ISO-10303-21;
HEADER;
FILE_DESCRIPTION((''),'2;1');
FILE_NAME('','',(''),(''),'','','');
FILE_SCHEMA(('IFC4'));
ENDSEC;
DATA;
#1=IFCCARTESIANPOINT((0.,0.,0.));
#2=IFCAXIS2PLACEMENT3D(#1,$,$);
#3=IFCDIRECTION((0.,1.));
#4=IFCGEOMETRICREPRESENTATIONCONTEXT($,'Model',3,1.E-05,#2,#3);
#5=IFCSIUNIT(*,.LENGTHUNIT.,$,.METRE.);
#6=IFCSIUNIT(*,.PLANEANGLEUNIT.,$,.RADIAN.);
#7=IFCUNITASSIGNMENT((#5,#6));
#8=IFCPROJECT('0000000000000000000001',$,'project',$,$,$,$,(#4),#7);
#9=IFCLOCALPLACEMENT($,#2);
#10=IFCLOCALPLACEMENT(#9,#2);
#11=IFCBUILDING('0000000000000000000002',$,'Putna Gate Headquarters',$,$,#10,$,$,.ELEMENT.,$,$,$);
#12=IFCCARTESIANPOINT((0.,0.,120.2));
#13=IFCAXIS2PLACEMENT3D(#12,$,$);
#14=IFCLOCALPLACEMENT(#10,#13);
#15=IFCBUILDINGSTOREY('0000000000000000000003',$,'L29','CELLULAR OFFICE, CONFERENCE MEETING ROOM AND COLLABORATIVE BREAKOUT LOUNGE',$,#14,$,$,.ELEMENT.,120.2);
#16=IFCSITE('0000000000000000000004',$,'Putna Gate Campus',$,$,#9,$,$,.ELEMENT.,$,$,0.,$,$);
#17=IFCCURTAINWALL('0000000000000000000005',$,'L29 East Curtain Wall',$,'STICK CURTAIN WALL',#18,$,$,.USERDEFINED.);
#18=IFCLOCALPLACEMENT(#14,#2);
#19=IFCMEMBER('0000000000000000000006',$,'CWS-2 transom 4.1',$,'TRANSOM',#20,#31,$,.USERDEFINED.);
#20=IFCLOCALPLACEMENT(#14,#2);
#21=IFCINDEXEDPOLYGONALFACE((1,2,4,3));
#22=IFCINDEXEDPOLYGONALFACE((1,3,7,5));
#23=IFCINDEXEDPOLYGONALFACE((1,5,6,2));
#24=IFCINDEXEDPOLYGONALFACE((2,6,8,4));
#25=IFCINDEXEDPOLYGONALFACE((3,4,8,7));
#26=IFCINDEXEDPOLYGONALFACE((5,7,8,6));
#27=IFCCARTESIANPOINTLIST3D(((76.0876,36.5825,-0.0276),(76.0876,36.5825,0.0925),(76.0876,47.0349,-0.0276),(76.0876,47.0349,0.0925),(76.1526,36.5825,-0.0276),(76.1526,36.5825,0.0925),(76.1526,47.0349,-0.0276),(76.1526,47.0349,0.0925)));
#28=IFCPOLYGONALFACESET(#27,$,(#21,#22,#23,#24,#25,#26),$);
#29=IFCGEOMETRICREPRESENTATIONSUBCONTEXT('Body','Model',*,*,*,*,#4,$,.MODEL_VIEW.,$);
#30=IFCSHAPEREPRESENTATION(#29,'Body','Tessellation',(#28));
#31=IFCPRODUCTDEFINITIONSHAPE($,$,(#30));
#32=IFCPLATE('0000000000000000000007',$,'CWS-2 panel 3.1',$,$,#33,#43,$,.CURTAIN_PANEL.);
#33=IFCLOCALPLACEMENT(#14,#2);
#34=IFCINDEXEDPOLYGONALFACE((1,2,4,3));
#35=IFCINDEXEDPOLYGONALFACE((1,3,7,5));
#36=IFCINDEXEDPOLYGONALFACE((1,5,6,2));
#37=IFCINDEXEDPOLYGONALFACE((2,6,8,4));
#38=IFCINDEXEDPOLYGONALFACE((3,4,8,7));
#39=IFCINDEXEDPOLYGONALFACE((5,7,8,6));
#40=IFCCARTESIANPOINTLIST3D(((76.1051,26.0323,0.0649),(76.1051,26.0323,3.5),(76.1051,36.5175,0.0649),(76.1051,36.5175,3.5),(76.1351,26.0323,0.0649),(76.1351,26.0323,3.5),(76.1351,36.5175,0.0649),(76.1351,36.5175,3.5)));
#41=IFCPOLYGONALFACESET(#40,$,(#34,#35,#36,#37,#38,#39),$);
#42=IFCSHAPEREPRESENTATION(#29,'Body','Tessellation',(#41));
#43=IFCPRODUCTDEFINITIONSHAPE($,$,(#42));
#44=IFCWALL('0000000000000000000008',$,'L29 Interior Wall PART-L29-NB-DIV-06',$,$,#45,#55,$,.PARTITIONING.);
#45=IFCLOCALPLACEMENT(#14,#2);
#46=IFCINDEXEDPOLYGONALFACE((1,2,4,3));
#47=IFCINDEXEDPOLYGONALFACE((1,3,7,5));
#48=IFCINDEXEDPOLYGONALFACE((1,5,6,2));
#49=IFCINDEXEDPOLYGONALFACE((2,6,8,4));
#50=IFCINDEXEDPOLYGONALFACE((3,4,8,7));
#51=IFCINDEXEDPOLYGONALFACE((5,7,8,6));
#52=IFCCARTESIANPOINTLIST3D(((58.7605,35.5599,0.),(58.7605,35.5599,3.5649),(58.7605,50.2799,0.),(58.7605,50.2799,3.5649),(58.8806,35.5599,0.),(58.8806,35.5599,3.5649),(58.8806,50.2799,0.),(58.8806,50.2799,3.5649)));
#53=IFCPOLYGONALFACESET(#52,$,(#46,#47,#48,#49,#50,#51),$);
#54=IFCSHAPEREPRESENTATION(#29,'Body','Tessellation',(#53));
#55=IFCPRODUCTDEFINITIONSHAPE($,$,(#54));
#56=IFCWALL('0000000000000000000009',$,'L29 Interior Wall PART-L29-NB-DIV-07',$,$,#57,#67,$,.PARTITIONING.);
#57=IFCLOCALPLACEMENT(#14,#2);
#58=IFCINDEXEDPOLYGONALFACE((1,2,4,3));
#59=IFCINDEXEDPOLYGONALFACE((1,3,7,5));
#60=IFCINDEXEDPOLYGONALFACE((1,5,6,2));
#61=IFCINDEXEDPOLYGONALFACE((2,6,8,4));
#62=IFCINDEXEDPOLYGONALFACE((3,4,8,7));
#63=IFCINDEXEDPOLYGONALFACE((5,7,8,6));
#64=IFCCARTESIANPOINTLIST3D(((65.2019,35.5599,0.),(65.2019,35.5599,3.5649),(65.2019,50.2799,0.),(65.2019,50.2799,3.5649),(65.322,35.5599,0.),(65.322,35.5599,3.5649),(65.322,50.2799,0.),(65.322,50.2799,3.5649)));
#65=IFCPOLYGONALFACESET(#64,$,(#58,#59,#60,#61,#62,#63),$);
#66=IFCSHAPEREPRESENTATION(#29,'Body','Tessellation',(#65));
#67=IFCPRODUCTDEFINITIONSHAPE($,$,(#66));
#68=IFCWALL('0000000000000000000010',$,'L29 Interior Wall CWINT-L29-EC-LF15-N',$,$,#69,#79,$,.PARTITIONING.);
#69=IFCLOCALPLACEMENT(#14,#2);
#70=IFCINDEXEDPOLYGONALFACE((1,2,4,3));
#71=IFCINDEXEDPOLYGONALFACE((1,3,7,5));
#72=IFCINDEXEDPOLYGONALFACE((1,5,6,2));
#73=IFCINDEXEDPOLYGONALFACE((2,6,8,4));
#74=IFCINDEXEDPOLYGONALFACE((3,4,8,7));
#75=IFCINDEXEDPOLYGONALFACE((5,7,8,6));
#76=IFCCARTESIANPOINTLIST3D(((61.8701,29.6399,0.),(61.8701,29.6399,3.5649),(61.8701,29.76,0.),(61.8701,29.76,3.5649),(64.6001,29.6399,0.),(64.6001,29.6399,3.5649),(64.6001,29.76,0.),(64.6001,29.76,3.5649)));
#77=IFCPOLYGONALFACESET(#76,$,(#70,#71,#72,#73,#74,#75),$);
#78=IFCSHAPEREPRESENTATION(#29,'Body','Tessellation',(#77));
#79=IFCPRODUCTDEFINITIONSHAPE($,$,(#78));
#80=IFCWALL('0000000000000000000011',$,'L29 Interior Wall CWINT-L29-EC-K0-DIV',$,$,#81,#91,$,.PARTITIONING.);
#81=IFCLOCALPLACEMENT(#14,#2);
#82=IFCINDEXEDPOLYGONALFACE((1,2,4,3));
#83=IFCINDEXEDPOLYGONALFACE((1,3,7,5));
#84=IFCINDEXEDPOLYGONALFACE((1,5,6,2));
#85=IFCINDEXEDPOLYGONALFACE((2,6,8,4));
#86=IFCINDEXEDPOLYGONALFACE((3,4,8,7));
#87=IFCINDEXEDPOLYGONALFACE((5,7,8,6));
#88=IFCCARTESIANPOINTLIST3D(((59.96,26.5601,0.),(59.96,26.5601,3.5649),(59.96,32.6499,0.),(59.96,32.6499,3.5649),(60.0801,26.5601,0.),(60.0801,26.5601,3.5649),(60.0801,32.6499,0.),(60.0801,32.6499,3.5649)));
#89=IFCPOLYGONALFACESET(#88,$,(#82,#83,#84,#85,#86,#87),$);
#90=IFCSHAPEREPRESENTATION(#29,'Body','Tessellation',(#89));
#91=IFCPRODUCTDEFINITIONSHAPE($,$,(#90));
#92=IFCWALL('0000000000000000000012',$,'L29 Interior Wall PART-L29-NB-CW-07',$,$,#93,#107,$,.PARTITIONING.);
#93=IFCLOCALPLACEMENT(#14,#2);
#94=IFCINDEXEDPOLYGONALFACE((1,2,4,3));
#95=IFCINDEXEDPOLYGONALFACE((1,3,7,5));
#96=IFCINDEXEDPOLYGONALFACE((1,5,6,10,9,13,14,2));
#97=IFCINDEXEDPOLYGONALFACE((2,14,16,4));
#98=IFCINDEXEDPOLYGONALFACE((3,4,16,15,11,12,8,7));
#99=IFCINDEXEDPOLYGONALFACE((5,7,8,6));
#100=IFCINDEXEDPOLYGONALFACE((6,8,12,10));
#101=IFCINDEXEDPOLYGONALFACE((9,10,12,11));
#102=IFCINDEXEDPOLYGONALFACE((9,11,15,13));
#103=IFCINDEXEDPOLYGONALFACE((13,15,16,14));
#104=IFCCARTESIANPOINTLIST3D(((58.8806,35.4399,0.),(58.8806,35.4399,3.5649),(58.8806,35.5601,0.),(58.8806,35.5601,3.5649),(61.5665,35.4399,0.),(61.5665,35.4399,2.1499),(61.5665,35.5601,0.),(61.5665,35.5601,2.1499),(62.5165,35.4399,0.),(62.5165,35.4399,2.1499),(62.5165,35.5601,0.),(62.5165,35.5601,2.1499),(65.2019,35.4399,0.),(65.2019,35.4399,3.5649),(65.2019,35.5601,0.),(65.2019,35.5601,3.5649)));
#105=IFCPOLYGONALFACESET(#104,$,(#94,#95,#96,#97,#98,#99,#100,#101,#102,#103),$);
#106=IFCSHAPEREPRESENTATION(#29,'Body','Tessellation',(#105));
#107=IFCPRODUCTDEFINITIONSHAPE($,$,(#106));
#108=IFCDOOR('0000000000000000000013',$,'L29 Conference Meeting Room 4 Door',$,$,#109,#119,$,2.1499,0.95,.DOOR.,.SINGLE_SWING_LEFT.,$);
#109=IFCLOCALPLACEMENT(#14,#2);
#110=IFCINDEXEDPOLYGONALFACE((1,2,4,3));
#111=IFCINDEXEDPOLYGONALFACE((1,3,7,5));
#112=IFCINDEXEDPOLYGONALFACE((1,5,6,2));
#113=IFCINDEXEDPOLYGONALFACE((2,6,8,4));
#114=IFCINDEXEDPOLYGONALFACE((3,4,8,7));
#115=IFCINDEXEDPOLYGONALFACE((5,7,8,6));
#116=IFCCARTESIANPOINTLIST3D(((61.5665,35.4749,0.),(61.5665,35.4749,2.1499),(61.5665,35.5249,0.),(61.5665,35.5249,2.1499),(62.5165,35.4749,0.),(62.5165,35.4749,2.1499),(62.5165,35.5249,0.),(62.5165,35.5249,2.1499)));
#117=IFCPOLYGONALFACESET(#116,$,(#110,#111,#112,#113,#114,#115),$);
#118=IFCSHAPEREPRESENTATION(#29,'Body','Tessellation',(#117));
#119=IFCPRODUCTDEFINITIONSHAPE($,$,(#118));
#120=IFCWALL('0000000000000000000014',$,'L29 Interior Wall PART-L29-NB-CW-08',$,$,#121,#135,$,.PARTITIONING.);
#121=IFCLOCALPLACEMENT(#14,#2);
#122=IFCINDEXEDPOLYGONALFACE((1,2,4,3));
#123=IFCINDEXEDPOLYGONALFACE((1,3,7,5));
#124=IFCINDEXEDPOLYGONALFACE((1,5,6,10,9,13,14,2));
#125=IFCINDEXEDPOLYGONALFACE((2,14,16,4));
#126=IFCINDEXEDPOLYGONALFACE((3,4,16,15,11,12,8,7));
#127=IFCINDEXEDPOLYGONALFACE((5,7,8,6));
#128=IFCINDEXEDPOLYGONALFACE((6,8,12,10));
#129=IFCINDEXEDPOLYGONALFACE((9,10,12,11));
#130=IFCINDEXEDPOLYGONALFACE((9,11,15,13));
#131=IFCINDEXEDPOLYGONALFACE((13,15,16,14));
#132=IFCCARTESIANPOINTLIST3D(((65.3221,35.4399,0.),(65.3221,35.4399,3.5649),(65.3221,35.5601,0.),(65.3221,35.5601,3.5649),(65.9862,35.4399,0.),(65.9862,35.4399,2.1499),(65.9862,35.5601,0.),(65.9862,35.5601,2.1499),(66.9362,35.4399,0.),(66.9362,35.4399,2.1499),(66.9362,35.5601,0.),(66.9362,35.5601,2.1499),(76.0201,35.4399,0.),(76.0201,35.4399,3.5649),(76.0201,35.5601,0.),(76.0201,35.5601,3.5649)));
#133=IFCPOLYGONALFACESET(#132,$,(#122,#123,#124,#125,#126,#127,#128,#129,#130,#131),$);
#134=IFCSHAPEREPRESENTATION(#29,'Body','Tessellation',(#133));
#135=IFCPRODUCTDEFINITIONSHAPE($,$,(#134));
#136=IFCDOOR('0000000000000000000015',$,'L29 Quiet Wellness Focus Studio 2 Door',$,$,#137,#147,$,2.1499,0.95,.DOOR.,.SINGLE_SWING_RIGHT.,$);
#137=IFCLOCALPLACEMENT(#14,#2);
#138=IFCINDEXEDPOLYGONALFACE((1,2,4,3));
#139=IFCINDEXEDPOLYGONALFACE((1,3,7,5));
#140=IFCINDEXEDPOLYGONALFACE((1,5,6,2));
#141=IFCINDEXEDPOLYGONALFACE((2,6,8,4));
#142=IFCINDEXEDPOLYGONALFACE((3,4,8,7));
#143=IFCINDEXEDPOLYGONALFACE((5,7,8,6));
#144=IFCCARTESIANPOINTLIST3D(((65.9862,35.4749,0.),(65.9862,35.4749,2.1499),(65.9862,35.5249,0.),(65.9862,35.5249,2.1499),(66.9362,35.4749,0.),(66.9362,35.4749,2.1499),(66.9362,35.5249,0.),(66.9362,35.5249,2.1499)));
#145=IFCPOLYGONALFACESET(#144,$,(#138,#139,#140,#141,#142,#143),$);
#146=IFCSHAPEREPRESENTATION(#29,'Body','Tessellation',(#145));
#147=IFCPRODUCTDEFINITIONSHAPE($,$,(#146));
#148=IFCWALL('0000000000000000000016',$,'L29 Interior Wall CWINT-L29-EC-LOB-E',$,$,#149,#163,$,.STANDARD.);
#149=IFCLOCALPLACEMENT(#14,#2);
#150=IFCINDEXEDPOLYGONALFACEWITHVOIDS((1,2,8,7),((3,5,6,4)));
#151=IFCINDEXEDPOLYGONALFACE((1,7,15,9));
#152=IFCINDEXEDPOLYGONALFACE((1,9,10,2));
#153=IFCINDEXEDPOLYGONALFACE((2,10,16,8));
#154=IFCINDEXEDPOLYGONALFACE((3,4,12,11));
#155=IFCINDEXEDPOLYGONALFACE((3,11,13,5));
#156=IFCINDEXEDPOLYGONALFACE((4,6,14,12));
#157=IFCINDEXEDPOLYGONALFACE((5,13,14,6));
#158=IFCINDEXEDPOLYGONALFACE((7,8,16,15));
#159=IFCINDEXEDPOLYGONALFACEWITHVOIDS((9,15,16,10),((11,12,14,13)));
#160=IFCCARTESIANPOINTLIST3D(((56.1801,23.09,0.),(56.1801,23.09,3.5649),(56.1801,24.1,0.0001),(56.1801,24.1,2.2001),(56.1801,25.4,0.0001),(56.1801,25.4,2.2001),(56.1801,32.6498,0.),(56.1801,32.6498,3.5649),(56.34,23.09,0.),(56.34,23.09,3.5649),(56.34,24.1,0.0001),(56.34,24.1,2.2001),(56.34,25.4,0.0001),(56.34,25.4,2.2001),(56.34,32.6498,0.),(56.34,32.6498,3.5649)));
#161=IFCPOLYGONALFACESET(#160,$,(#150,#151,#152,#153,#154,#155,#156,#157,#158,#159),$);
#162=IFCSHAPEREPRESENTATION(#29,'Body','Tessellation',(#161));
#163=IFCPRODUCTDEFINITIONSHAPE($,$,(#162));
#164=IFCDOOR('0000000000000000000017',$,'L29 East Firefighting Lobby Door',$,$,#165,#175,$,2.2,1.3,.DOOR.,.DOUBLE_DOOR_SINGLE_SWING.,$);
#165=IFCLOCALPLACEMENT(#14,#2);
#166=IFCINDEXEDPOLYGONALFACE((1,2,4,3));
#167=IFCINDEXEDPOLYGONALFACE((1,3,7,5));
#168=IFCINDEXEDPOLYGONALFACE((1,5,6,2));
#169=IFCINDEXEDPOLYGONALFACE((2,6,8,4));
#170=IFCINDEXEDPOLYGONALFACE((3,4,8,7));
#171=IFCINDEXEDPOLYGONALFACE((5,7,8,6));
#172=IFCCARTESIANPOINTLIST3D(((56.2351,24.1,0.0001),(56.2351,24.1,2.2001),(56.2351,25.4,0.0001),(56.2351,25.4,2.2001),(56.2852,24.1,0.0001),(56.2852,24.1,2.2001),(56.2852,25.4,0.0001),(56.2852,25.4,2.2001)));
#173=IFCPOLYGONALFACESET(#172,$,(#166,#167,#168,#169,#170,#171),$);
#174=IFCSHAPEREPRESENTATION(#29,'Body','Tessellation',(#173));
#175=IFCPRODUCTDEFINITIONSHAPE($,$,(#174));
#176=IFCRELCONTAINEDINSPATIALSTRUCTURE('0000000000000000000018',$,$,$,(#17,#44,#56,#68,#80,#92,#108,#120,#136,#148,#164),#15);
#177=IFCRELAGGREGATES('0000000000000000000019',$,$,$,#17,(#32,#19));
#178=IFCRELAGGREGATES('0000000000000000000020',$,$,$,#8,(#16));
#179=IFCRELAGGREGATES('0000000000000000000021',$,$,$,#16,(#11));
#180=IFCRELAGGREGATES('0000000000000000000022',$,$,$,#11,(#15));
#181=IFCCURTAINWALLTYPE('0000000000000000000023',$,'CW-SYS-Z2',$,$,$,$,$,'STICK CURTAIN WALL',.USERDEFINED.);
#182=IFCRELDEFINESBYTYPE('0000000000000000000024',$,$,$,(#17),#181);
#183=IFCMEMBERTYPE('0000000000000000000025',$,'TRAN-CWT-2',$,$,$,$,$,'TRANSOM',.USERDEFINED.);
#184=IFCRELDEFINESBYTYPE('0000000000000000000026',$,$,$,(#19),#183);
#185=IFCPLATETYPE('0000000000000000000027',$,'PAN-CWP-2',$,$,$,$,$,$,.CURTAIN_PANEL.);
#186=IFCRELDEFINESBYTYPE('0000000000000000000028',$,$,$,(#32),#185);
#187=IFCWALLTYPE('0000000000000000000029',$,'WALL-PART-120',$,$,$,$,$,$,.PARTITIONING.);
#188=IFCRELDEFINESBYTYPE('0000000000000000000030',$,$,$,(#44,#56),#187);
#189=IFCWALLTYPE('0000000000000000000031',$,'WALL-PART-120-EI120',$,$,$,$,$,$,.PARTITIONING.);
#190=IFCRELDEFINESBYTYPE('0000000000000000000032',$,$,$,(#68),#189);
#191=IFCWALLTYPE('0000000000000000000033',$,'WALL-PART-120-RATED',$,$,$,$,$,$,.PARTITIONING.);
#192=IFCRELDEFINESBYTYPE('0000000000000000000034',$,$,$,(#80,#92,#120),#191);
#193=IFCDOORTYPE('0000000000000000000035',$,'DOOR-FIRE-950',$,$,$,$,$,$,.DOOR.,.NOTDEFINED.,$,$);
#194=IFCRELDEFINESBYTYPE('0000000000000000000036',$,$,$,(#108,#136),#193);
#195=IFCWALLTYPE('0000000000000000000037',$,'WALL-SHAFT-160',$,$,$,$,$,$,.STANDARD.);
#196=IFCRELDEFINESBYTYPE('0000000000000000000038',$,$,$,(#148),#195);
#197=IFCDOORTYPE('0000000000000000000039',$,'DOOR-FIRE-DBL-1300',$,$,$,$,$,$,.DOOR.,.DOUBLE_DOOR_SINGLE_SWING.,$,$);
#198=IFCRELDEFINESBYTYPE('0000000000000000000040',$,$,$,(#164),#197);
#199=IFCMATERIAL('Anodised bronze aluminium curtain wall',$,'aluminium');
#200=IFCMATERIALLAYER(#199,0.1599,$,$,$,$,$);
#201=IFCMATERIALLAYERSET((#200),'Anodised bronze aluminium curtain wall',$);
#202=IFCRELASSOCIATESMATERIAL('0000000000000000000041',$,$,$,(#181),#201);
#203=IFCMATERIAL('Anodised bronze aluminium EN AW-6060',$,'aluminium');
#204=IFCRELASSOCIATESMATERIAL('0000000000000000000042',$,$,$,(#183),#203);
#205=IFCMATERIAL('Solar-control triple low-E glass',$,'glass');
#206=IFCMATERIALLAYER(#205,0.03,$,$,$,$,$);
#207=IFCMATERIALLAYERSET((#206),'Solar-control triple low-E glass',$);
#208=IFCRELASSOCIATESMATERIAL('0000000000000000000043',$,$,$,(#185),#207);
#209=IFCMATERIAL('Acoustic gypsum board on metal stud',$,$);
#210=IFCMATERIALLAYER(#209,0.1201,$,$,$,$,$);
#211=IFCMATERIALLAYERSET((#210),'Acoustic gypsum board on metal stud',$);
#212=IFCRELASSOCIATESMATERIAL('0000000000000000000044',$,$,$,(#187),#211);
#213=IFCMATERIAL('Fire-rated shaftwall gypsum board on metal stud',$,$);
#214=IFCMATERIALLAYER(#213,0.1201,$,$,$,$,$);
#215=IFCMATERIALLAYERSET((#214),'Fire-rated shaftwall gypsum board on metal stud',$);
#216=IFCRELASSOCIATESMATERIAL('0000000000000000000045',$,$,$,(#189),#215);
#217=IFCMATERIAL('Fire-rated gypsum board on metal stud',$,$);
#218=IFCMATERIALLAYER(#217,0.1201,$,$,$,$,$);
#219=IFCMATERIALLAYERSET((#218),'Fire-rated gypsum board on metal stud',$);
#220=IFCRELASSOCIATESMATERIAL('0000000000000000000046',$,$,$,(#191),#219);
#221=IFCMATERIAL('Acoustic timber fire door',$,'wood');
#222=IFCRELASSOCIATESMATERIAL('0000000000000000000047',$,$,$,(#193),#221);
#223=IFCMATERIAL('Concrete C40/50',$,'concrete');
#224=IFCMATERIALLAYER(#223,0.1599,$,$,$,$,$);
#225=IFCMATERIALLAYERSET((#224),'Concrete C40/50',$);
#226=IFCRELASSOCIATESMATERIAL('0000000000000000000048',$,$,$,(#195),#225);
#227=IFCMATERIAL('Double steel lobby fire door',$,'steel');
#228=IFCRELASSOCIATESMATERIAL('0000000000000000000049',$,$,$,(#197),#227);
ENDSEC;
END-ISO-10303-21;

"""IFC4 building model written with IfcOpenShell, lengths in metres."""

from ifc_helpers import new_model, si_unit, direction, frame, frame_2d, origin, origin_2d, place, context, subcontext, project, spatial, rectangle, extrude, material, layer, layer_set, material_profile, profile_set, type_object, element, fill, aggregate, save


model = new_model("IFC4")

# Units and contexts
model_context = context("Model", 3, precision=1e-05, world=origin(), true_north=direction((0.0, 1.0)))
body_context = subcontext(model_context, "Body", "Model", "MODEL_VIEW")
ifc_project = project(units=[si_unit("LENGTHUNIT", "METRE"), si_unit("PLANEANGLEUNIT", "RADIAN")], contexts=[model_context])

# Site, building, storey
site_placement = place(None, origin())
site = spatial("IfcSite", under=ifc_project, at=site_placement, Name="Putna Gate Campus", CompositionType="ELEMENT", RefElevation=0.0)
building_placement = place(site_placement, origin())
building = spatial("IfcBuilding", under=site, at=building_placement, Name="Putna Gate Headquarters", CompositionType="ELEMENT")
storey_placement = place(building_placement, frame((0.0, 0.0, 120.2)))
storey = spatial("IfcBuildingStorey", under=building, at=storey_placement, Name="L29", Description="CELLULAR OFFICE, CONFERENCE MEETING ROOM AND COLLABORATIVE BREAKOUT LOUNGE", CompositionType="ELEMENT", Elevation=120.2)

# Curtain wall, member, plate
ifc_material_1 = material(Name="Anodised bronze aluminium curtain wall", Category="aluminium")
ifc_layer_1 = layer(ifc_material_1, 0.1599)
ifc_layer_set_1 = layer_set([ifc_layer_1], Name="Anodised bronze aluminium curtain wall")
curtain_wall_type = type_object("IfcCurtainWallType", Name="CW-SYS-Z2", ElementType="STICK CURTAIN WALL", PredefinedType="USERDEFINED", material=ifc_layer_set_1)
curtain_wall_placement = place(storey_placement, origin())
curtain_wall = element("IfcCurtainWall", 1, at=curtain_wall_placement, inside=storey, type_object=curtain_wall_type, Name="L29 East Curtain Wall", ObjectType="STICK CURTAIN WALL", PredefinedType="USERDEFINED")
ifc_material_2 = material(Name="Anodised bronze aluminium EN AW-6060", Category="aluminium")
ifc_material_profile_1 = material_profile(ifc_material_2, rectangle(XDim=0.0649, YDim=0.1201, at=origin_2d()), Name="Anodised bronze aluminium EN AW-6060")
ifc_profile_set_1 = profile_set([ifc_material_profile_1], Name="Anodised bronze aluminium EN AW-6060")
member_type_1 = type_object("IfcMemberType", Name="TRAN-CWT-2", ElementType="TRANSOM", PredefinedType="USERDEFINED", material=ifc_profile_set_1)
member_1_placement = place(storey_placement, frame((76.1201, 36.5825, 0.0325), z_axis=(0.0, 1.0, 0.0), x_axis=(-1.0, 0.0, 0.0)))
member_1 = element("IfcMember", 2, at=member_1_placement, type_object=member_type_1, Name="CWS-2 transom 4.1", ObjectType="TRANSOM", PredefinedType="USERDEFINED", context=body_context, shape_type="SweptSolid", body=[
    extrude(rectangle(XDim=0.0649, YDim=0.1201, at=origin_2d()), origin(), (0.0, 0.0, 1.0), 10.4524),
])
ifc_material_3 = material(Name="Solar-control triple low-E glass", Category="glass")
ifc_layer_2 = layer(ifc_material_3, 0.03)
ifc_layer_set_2 = layer_set([ifc_layer_2], Name="Solar-control triple low-E glass")
plate_type = type_object("IfcPlateType", Name="PAN-CWP-2", PredefinedType="CURTAIN_PANEL", material=ifc_layer_set_2)
plate_placement = place(storey_placement, frame((76.1201, 31.2749, 0.0649), z_axis=(0.0, 0.0, 1.0), x_axis=(0.0, 1.0, 0.0)))
plate = element("IfcPlate", 3, at=plate_placement, type_object=plate_type, Name="CWS-2 panel 3.1", PredefinedType="CURTAIN_PANEL", context=body_context, shape_type="SweptSolid", body=[
    extrude(rectangle(XDim=10.4851, YDim=0.03, at=origin_2d()), origin(), (0.0, 0.0, 1.0), 3.4351),
])
aggregate(curtain_wall, [plate, member_1])

# Walls
ifc_material_4 = material(Name="Acoustic gypsum board on metal stud")
ifc_layer_3 = layer(ifc_material_4, 0.1201)
ifc_layer_set_3 = layer_set([ifc_layer_3], Name="Acoustic gypsum board on metal stud")
wall_type_1 = type_object("IfcWallType", Name="WALL-PART-120", PredefinedType="PARTITIONING", material=ifc_layer_set_3)
for number, where, z_axis, x_axis, name in (
    (4, (58.8206, 35.5601, 0.0), (0.0, 0.0, 1.0), (0.0, 1.0, 0.0), "L29 Interior Wall PART-L29-NB-DIV-06"),
    (5, (65.262, 35.5601, 0.0), (0.0, 0.0, 1.0), (0.0, 1.0, 0.0), "L29 Interior Wall PART-L29-NB-DIV-07"),
):
    element("IfcWall", number, at=place(storey_placement, frame(where, z_axis=z_axis, x_axis=x_axis)), inside=storey, type_object=wall_type_1, Name=name, PredefinedType="PARTITIONING", context=body_context, shape_type="SweptSolid", body=[
        extrude(rectangle(XDim=14.72, YDim=0.1201, at=frame_2d((7.3599, 0.0))), origin(), (0.0, 0.0, 1.0), 3.5649),
    ])
ifc_material_5 = material(Name="Fire-rated shaftwall gypsum board on metal stud")
ifc_layer_4 = layer(ifc_material_5, 0.1201)
ifc_layer_set_4 = layer_set([ifc_layer_4], Name="Fire-rated shaftwall gypsum board on metal stud")
wall_type_2 = type_object("IfcWallType", Name="WALL-PART-120-EI120", PredefinedType="PARTITIONING", material=ifc_layer_set_4)
wall_1_placement = place(storey_placement, frame((61.8701, 29.7, 0.0), z_axis=(0.0, 0.0, 1.0), x_axis=(1.0, 0.0, 0.0)))
element("IfcWall", 6, at=wall_1_placement, inside=storey, type_object=wall_type_2, Name="L29 Interior Wall CWINT-L29-EC-LF15-N", PredefinedType="PARTITIONING", context=body_context, shape_type="SweptSolid", body=[
    extrude(rectangle(XDim=2.73, YDim=0.1201, at=frame_2d((1.365, 0.0))), origin(), (0.0, 0.0, 1.0), 3.5649),
])
ifc_material_6 = material(Name="Fire-rated gypsum board on metal stud")
ifc_layer_5 = layer(ifc_material_6, 0.1201)
ifc_layer_set_5 = layer_set([ifc_layer_5], Name="Fire-rated gypsum board on metal stud")
wall_type_3 = type_object("IfcWallType", Name="WALL-PART-120-RATED", PredefinedType="PARTITIONING", material=ifc_layer_set_5)
wall_2_placement = place(storey_placement, frame((60.02, 26.5601, 0.0), z_axis=(0.0, 0.0, 1.0), x_axis=(0.0, 1.0, 0.0)))
element("IfcWall", 7, at=wall_2_placement, inside=storey, type_object=wall_type_3, Name="L29 Interior Wall CWINT-L29-EC-K0-DIV", PredefinedType="PARTITIONING", context=body_context, shape_type="SweptSolid", body=[
    extrude(rectangle(XDim=6.0898, YDim=0.1201, at=frame_2d((3.0449, 0.0))), origin(), (0.0, 0.0, 1.0), 3.5649),
])

# Walls, openings, doors
wall_3_placement = place(storey_placement, frame((58.8806, 35.5, 0.0), z_axis=(0.0, 0.0, 1.0), x_axis=(1.0, 0.0, 0.0)))
wall_3 = element("IfcWall", 8, at=wall_3_placement, inside=storey, type_object=wall_type_3, Name="L29 Interior Wall PART-L29-NB-CW-07", PredefinedType="PARTITIONING", context=body_context, shape_type="SweptSolid", body=[
    extrude(rectangle(XDim=6.3213, YDim=0.1201, at=frame_2d((3.1606, 0.0))), origin(), (0.0, 0.0, 1.0), 3.5649),
])
opening_1_placement = place(wall_3_placement, frame((2.6858, 0.0, 0.0)))
opening_1 = element("IfcOpeningElement", 9, at=opening_1_placement, cuts=wall_3, PredefinedType="OPENING", context=body_context, shape_type="SweptSolid", body=[
    extrude(rectangle(XDim=0.95, YDim=2.1499, at=frame_2d((0.4751, 1.075))), frame((0.0, 0.0701, 0.0), z_axis=(0.0, -1.0, 0.0), x_axis=(1.0, 0.0, 0.0)), (0.0, 0.0, 1.0), 0.1401),
])
ifc_material_7 = material(Name="Acoustic timber fire door", Category="wood")
door_type_1 = type_object("IfcDoorType", Name="DOOR-FIRE-950", OperationType="NOTDEFINED", PredefinedType="DOOR", material=ifc_material_7)
door_1_placement = place(opening_1_placement, origin())
door_1 = element("IfcDoor", 10, at=door_1_placement, inside=storey, type_object=door_type_1, Name="L29 Conference Meeting Room 4 Door", OperationType="SINGLE_SWING_LEFT", OverallHeight=2.1499, OverallWidth=0.95, PredefinedType="DOOR", context=body_context, shape_type="SweptSolid", body=[
    extrude(rectangle(XDim=0.95, YDim=2.1499, at=frame_2d((0.4751, 1.075))), frame((0.0, 0.0249, 0.0), z_axis=(0.0, -1.0, 0.0), x_axis=(1.0, 0.0, 0.0)), (0.0, 0.0, 1.0), 0.05),
])
fill(opening_1, door_1)
wall_4_placement = place(storey_placement, frame((65.322, 35.5, 0.0), z_axis=(0.0, 0.0, 1.0), x_axis=(1.0, 0.0, 0.0)))
wall_4 = element("IfcWall", 11, at=wall_4_placement, inside=storey, type_object=wall_type_3, Name="L29 Interior Wall PART-L29-NB-CW-08", PredefinedType="PARTITIONING", context=body_context, shape_type="SweptSolid", body=[
    extrude(rectangle(XDim=10.698, YDim=0.1201, at=frame_2d((5.3491, 0.0))), origin(), (0.0, 0.0, 1.0), 3.5649),
])
opening_2_placement = place(wall_4_placement, frame((0.6641, 0.0, 0.0)))
opening_2 = element("IfcOpeningElement", 12, at=opening_2_placement, cuts=wall_4, PredefinedType="OPENING", context=body_context, shape_type="SweptSolid", body=[
    extrude(rectangle(XDim=0.95, YDim=2.1499, at=frame_2d((0.4751, 1.075))), frame((0.0, 0.0701, 0.0), z_axis=(0.0, -1.0, 0.0), x_axis=(1.0, 0.0, 0.0)), (0.0, 0.0, 1.0), 0.1401),
])
door_2_placement = place(opening_2_placement, origin())
door_2 = element("IfcDoor", 13, at=door_2_placement, inside=storey, type_object=door_type_1, Name="L29 Quiet Wellness Focus Studio 2 Door", OperationType="SINGLE_SWING_RIGHT", OverallHeight=2.1499, OverallWidth=0.95, PredefinedType="DOOR", context=body_context, shape_type="SweptSolid", body=[
    extrude(rectangle(XDim=0.95, YDim=2.1499, at=frame_2d((0.4751, 1.075))), frame((0.0, 0.0249, 0.0), z_axis=(0.0, -1.0, 0.0), x_axis=(1.0, 0.0, 0.0)), (0.0, 0.0, 1.0), 0.05),
])
fill(opening_2, door_2)
ifc_material_8 = material(Name="Concrete C40/50", Category="concrete")
ifc_layer_6 = layer(ifc_material_8, 0.1599)
ifc_layer_set_6 = layer_set([ifc_layer_6], Name="Concrete C40/50")
wall_type_4 = type_object("IfcWallType", Name="WALL-SHAFT-160", PredefinedType="STANDARD", material=ifc_layer_set_6)
wall_5_placement = place(storey_placement, frame((56.26, 23.0901, 0.0), z_axis=(0.0, 0.0, 1.0), x_axis=(0.0, 1.0, 0.0)))
wall_5 = element("IfcWall", 14, at=wall_5_placement, inside=storey, type_object=wall_type_4, Name="L29 Interior Wall CWINT-L29-EC-LOB-E", PredefinedType="STANDARD", context=body_context, shape_type="SweptSolid", body=[
    extrude(rectangle(XDim=9.5598, YDim=0.1599, at=frame_2d((4.7798, 0.0))), origin(), (0.0, 0.0, 1.0), 3.5649),
])
opening_3_placement = place(wall_5_placement, frame((1.01, 0.0, 0.0)))
opening_3 = element("IfcOpeningElement", 15, at=opening_3_placement, cuts=wall_5, PredefinedType="OPENING", context=body_context, shape_type="SweptSolid", body=[
    extrude(rectangle(XDim=1.3, YDim=2.2, at=frame_2d((0.6499, 1.1001))), frame((0.0, 0.0898, 0.0), z_axis=(0.0, -1.0, 0.0), x_axis=(1.0, 0.0, 0.0)), (0.0, 0.0, 1.0), 0.1799),
])
ifc_material_9 = material(Name="Double steel lobby fire door", Category="steel")
door_type_2 = type_object("IfcDoorType", Name="DOOR-FIRE-DBL-1300", OperationType="DOUBLE_DOOR_SINGLE_SWING", PredefinedType="DOOR", material=ifc_material_9)
door_3_placement = place(opening_3_placement, origin())
door_3 = element("IfcDoor", 16, at=door_3_placement, inside=storey, type_object=door_type_2, Name="L29 East Firefighting Lobby Door", OperationType="DOUBLE_DOOR_SINGLE_SWING", OverallHeight=2.2, OverallWidth=1.3, PredefinedType="DOOR", context=body_context, shape_type="SweptSolid", body=[
    extrude(rectangle(XDim=1.3, YDim=2.2, at=frame_2d((0.6499, 1.1001))), frame((0.0, 0.0249, 0.0), z_axis=(0.0, -1.0, 0.0), x_axis=(1.0, 0.0, 0.0)), (0.0, 0.0, 1.0), 0.05),
])
fill(opening_3, door_3)

save(model, "model.ifc")
